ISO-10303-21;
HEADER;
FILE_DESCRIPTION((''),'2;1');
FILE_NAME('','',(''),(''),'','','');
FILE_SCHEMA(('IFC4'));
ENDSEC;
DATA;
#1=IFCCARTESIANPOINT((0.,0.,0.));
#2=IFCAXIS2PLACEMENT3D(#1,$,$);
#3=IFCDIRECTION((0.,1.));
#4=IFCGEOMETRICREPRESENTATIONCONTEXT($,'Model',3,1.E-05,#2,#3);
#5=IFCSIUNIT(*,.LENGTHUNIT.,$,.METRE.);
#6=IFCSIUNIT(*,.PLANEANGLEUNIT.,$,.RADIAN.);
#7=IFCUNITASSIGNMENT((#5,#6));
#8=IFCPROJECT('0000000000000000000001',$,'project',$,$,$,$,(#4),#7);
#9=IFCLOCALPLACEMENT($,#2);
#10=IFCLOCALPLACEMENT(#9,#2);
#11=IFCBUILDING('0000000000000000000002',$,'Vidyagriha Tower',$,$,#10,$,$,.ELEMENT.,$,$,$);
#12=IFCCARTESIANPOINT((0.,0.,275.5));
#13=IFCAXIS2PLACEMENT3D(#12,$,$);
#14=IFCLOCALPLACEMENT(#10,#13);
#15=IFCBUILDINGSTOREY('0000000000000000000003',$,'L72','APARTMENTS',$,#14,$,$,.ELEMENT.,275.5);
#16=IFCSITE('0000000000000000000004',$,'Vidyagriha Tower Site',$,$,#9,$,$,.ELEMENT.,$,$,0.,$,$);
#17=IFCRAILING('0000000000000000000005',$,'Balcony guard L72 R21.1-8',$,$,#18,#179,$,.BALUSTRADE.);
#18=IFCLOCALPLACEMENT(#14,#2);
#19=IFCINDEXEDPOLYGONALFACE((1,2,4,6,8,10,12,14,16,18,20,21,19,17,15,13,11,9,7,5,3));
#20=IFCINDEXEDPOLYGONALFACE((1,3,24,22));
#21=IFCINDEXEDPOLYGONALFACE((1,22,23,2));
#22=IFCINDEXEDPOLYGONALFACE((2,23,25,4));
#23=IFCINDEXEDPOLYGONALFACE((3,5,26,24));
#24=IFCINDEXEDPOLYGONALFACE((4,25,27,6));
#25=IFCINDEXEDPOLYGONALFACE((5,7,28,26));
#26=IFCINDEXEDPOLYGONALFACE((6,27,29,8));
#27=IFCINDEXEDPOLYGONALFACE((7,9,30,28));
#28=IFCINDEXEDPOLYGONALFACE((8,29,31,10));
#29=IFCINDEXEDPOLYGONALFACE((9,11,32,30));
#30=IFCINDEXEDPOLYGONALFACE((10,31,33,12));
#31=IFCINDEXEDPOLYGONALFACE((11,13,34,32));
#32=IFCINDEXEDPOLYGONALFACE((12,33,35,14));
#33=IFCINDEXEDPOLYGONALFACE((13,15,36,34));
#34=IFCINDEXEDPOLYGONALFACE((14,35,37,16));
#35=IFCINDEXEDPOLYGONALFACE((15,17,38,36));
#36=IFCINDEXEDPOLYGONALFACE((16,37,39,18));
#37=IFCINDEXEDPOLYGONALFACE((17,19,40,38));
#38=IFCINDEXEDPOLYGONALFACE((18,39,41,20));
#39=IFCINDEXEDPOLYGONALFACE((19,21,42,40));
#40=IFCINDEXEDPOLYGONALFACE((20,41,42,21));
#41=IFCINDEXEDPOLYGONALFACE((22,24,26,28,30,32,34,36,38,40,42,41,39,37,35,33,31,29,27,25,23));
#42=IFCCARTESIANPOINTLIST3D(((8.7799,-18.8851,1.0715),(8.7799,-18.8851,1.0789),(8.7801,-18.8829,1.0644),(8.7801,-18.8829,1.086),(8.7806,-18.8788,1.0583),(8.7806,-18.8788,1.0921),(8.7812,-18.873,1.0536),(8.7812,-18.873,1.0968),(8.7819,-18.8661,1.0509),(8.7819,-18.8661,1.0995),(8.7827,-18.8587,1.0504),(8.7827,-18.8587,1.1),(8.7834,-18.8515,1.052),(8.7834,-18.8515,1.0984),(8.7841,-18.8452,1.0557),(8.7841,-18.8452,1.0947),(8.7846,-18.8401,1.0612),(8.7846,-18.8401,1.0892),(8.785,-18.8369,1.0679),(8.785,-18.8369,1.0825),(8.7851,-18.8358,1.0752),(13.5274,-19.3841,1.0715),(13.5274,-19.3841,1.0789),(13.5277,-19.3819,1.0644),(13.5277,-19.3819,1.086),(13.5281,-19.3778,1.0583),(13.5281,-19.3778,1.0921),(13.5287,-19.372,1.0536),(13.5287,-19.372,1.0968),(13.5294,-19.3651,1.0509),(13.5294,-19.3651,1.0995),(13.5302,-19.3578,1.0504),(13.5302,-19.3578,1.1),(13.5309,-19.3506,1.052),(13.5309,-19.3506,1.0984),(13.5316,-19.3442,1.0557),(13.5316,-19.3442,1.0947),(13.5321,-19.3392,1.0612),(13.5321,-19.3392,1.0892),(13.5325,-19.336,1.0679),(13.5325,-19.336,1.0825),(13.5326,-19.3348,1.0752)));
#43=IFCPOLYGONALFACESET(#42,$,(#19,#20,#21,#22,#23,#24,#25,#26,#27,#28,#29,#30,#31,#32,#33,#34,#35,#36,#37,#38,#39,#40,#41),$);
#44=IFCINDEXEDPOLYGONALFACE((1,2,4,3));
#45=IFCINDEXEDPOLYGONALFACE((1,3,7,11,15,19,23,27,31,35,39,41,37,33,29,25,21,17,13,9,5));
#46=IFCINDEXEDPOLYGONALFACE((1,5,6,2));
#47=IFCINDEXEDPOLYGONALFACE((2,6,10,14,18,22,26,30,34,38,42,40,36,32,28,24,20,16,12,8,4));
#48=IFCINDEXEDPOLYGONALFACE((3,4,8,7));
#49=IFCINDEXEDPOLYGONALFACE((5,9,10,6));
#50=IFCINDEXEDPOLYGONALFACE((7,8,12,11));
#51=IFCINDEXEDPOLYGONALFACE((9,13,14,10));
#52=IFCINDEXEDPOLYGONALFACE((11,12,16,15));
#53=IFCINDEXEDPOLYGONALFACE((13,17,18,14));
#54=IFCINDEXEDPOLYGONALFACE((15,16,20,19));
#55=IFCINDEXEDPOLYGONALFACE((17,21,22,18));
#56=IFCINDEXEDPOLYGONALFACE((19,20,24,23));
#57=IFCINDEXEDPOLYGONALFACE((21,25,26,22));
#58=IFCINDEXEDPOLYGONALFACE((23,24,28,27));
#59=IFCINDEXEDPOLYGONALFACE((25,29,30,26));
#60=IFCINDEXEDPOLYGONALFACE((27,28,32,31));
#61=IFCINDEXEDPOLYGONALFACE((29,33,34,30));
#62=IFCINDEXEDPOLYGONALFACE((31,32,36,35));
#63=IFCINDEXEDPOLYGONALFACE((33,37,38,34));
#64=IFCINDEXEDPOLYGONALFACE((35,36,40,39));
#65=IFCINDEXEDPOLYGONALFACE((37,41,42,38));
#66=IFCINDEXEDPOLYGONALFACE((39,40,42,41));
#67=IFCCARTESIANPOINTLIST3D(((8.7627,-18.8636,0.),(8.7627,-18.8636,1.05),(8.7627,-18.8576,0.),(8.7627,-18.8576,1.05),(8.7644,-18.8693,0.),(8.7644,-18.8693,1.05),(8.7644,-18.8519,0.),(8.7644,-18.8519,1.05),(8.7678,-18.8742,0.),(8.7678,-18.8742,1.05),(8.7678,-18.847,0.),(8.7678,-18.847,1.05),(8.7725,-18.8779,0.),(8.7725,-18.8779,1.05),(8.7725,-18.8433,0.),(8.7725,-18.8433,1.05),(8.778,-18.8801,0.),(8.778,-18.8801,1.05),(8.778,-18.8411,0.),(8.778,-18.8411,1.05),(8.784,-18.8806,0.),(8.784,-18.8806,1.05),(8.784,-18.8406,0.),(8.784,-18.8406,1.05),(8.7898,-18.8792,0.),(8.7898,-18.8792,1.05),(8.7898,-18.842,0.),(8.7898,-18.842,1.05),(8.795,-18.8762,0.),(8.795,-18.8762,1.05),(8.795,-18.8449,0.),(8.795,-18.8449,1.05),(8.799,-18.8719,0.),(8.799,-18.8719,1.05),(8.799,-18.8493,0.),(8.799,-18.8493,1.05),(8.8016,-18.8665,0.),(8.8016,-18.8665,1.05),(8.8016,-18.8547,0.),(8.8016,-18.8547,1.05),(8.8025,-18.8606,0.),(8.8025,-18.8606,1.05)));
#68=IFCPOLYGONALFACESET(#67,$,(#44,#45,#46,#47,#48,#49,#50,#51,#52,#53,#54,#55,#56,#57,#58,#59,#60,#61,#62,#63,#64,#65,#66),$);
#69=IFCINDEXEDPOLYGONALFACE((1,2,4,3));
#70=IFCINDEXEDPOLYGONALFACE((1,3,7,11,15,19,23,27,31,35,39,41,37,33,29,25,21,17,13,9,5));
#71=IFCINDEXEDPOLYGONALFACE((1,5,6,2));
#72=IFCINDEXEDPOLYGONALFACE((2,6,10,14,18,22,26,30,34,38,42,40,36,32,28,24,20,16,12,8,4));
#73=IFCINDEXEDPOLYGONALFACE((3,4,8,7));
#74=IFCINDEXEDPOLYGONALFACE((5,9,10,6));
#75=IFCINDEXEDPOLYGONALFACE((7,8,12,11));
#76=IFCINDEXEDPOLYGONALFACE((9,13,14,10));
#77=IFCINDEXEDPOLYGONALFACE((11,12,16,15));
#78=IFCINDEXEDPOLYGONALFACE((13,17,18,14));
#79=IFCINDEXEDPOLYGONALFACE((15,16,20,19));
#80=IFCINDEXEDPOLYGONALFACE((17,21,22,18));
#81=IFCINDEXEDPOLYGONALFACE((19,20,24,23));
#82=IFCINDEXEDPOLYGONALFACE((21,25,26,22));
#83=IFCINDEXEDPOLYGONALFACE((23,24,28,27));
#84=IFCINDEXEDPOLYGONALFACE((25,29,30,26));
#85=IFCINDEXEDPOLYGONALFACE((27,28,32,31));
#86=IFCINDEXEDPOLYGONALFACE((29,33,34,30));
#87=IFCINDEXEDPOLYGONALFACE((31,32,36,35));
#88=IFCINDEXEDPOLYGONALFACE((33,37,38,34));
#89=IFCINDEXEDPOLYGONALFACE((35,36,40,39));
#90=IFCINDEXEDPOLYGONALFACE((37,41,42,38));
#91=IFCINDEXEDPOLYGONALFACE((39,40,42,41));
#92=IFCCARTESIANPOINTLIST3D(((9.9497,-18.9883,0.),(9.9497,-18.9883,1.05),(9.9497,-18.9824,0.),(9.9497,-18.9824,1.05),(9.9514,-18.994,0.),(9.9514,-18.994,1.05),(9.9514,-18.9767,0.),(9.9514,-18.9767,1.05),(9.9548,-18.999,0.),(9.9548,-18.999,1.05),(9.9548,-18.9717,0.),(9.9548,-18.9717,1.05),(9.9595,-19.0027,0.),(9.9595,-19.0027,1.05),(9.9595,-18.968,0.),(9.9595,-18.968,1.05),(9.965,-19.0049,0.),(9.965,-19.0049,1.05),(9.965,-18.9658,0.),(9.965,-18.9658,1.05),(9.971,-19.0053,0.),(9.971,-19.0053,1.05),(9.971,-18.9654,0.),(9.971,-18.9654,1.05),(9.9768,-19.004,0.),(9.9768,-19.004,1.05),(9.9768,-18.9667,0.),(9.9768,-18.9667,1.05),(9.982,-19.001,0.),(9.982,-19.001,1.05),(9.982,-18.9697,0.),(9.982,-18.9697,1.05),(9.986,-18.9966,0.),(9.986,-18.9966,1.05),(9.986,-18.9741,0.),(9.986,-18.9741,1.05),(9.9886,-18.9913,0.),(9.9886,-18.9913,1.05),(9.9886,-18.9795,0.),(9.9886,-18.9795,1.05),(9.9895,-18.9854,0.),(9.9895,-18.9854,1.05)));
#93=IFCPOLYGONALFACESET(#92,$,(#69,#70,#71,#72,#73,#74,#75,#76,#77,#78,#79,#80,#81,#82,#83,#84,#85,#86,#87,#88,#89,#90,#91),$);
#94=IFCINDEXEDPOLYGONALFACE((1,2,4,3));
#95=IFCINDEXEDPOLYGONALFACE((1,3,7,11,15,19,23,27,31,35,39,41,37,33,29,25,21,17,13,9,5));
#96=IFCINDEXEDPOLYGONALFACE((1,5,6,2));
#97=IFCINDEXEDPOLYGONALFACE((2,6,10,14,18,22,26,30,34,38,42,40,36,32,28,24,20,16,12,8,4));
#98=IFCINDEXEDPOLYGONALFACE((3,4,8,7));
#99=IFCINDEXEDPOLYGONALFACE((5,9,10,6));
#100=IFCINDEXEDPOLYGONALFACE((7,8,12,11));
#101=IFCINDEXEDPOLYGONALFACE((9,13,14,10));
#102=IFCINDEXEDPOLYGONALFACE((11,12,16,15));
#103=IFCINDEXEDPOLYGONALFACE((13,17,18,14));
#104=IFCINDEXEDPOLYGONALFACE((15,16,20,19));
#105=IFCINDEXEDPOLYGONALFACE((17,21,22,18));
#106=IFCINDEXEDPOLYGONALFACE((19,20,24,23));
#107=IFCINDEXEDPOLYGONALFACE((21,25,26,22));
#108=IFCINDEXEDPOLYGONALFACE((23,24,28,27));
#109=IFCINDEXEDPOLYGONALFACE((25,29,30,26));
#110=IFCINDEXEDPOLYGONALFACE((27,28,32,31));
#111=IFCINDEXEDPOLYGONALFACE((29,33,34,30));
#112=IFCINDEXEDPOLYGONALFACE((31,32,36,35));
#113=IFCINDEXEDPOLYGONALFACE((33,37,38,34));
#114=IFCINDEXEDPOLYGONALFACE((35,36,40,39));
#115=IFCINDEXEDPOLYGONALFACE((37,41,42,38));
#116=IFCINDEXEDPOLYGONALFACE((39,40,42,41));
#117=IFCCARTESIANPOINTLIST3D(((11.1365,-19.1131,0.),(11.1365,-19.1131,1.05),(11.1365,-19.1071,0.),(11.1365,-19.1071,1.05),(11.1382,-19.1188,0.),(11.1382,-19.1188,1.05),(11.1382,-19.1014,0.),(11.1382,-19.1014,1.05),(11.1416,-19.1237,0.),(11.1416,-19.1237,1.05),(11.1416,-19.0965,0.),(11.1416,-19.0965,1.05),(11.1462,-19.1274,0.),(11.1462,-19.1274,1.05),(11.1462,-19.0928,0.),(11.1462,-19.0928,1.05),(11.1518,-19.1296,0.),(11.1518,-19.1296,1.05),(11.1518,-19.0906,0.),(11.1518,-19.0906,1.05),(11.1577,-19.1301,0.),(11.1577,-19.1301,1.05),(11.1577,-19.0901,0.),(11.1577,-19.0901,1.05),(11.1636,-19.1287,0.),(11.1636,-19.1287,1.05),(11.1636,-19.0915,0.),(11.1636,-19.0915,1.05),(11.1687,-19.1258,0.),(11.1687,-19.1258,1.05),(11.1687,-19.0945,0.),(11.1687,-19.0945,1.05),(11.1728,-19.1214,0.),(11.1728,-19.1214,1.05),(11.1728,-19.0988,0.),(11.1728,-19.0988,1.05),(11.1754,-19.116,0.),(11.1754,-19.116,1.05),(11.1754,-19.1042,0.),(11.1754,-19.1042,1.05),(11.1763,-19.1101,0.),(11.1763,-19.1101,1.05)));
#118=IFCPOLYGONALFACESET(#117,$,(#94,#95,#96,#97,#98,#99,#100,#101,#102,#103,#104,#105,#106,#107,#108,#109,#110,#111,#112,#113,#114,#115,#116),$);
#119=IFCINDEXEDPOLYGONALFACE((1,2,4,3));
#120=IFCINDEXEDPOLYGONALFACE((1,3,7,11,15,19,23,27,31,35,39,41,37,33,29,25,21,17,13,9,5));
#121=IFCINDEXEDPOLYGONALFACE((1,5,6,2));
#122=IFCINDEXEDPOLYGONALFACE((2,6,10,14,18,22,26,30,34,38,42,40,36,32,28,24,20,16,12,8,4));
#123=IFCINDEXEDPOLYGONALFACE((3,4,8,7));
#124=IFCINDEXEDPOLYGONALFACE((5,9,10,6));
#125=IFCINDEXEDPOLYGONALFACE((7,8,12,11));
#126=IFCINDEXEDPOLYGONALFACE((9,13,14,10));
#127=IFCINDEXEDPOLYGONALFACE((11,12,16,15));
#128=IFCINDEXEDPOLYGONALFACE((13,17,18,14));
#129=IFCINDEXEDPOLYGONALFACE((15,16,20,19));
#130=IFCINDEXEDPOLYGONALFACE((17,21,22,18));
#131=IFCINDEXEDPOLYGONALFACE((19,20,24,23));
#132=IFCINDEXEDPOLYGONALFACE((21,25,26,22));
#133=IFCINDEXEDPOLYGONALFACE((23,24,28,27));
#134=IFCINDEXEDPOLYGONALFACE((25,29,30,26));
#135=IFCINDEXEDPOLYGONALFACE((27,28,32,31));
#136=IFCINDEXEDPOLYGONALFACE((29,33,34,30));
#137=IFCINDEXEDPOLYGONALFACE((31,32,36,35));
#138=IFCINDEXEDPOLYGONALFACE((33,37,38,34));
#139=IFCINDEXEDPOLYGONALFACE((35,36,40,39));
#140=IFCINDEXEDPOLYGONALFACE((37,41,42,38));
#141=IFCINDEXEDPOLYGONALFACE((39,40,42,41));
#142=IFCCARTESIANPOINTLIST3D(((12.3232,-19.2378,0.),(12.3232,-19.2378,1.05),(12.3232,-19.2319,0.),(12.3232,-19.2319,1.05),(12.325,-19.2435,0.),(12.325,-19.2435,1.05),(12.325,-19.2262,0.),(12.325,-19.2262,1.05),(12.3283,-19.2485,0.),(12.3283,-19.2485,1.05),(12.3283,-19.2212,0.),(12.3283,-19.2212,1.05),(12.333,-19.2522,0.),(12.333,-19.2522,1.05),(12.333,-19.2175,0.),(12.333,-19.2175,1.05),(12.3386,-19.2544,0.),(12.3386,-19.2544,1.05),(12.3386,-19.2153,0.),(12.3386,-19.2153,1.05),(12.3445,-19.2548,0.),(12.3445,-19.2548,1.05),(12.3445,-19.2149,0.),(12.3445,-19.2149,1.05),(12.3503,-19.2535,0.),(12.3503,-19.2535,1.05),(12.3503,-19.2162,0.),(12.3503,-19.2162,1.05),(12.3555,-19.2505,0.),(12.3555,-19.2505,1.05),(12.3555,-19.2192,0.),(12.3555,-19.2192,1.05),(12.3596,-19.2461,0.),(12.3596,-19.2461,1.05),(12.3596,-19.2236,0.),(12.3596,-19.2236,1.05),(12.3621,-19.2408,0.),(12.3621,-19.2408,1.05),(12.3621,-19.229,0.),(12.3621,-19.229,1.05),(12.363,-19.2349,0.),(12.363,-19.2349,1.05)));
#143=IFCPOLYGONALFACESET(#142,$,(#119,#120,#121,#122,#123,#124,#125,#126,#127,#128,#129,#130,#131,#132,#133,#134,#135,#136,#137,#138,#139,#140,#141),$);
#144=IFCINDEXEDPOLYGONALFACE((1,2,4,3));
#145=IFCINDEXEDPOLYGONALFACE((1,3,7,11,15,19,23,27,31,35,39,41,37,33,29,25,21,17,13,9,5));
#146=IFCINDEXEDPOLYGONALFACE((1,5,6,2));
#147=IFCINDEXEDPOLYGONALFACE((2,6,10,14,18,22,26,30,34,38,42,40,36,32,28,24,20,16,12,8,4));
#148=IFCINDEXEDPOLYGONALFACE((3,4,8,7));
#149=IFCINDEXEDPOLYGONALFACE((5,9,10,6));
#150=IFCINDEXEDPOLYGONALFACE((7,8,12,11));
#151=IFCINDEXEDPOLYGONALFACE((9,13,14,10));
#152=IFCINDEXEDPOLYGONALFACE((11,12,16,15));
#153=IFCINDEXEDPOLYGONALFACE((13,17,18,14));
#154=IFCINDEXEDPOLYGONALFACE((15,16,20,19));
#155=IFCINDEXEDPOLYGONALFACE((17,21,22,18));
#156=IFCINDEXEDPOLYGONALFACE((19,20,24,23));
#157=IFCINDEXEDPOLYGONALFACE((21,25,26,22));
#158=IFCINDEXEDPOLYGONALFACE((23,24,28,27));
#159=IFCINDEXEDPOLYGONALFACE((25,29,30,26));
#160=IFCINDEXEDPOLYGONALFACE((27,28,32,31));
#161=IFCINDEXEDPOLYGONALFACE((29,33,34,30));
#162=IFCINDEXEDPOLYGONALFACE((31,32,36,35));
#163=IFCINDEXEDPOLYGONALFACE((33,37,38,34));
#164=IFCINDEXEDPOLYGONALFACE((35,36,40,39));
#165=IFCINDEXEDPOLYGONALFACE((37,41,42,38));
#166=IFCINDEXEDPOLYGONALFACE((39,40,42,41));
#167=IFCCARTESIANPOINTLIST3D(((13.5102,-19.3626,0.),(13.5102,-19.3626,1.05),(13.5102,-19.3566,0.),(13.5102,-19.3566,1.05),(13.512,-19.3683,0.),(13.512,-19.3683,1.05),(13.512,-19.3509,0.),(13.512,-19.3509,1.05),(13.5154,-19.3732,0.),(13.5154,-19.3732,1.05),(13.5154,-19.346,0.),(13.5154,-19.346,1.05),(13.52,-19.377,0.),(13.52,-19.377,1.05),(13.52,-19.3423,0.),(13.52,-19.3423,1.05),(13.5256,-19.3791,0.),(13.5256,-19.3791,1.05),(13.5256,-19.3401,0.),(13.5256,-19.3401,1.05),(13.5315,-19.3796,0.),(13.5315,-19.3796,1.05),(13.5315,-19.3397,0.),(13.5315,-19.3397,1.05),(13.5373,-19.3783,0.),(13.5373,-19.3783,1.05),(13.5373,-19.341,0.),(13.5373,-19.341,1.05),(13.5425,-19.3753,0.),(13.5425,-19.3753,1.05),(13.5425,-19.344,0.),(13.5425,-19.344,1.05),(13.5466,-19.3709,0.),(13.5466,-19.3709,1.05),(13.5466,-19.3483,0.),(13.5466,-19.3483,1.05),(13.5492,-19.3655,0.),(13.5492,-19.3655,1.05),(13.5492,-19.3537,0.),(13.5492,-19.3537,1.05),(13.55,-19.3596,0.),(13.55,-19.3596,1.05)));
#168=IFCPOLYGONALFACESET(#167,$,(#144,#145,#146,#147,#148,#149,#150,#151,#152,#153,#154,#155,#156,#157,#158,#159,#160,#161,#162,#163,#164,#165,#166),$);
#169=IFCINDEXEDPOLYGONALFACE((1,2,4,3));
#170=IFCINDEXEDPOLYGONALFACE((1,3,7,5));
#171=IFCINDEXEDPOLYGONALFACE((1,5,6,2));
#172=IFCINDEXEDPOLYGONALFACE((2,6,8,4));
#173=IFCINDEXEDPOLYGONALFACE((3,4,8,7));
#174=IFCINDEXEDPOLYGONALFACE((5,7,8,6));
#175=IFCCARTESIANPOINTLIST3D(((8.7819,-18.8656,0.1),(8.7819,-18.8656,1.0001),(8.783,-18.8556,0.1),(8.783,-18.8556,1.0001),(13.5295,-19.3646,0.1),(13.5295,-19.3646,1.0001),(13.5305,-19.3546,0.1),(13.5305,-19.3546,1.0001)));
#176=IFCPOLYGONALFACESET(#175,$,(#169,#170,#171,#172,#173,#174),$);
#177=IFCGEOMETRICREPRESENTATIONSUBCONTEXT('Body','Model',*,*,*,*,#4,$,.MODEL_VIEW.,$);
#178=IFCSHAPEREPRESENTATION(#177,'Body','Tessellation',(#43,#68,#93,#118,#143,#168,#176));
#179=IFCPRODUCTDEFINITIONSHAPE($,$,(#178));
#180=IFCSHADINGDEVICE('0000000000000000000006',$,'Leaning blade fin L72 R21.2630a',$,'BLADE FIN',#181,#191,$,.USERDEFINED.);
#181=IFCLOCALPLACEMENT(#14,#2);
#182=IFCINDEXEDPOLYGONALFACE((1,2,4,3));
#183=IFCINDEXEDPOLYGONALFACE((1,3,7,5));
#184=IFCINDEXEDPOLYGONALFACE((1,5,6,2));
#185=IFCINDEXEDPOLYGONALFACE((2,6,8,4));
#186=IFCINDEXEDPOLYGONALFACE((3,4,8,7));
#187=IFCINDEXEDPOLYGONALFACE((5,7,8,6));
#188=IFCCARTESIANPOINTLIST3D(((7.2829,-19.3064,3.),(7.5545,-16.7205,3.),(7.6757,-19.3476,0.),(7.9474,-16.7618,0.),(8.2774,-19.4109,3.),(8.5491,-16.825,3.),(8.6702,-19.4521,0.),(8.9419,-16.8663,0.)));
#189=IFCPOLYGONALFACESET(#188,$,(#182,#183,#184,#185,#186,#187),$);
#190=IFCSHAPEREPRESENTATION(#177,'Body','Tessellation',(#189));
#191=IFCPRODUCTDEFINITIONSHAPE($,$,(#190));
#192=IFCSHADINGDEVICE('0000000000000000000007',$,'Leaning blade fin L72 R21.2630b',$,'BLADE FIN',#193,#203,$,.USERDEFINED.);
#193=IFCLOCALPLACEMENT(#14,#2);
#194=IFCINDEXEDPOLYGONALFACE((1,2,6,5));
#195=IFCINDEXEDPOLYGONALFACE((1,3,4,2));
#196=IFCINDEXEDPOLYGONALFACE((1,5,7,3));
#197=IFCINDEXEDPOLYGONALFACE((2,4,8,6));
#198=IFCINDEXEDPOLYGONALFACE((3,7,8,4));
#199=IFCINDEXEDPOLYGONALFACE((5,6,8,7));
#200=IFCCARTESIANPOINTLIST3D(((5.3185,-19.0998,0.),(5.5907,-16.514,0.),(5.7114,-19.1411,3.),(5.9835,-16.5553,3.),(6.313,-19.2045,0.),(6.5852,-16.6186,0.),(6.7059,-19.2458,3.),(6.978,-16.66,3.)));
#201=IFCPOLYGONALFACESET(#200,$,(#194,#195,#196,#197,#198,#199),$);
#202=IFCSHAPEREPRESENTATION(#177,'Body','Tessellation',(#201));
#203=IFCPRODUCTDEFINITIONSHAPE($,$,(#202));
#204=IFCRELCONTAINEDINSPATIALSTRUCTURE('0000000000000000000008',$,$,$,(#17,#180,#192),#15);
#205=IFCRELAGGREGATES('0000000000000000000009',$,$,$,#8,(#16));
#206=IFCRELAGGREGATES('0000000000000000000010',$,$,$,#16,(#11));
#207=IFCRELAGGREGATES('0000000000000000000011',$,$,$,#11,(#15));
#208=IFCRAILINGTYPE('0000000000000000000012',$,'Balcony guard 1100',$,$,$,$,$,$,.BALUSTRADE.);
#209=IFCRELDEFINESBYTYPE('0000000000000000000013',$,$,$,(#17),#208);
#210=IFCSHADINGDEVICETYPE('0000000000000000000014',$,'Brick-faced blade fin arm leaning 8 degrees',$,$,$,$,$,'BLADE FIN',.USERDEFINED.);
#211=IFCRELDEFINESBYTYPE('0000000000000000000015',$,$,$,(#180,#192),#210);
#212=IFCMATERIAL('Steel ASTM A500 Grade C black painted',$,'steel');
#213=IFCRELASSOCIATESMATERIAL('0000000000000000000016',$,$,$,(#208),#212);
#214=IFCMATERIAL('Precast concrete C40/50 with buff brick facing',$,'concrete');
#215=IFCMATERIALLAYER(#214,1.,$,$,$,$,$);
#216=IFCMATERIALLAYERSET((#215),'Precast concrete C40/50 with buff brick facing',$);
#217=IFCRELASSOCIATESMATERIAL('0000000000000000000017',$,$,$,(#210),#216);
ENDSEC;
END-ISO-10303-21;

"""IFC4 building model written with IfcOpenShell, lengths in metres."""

from ifc_helpers import new_model, si_unit, direction, frame, origin, origin_2d, place, context, subcontext, project, spatial, polyline, rectangle, circle, outline, extrude, material, layer, layer_set, type_object, element, save


model = new_model("IFC4")

# Units and contexts
model_context = context("Model", 3, precision=1e-05, world=origin(), true_north=direction((0.0, 1.0)))
body_context = subcontext(model_context, "Body", "Model", "MODEL_VIEW")
ifc_project = project(units=[si_unit("LENGTHUNIT", "METRE"), si_unit("PLANEANGLEUNIT", "RADIAN")], contexts=[model_context])

# Site, building, storey
site_placement = place(None, origin())
site = spatial("IfcSite", under=ifc_project, at=site_placement, Name="Vidyagriha Tower Site", CompositionType="ELEMENT", RefElevation=0.0)
building_placement = place(site_placement, origin())
building = spatial("IfcBuilding", under=site, at=building_placement, Name="Vidyagriha Tower", CompositionType="ELEMENT")
storey_placement = place(building_placement, frame((0.0, 0.0, 275.5)))
storey = spatial("IfcBuildingStorey", under=building, at=storey_placement, Name="L72", Description="APARTMENTS", CompositionType="ELEMENT", Elevation=275.5)

# Railing
ifc_material_1 = material(Name="Steel ASTM A500 Grade C black painted", Category="steel")
railing_type = type_object("IfcRailingType", Name="Balcony guard 1100", PredefinedType="BALUSTRADE", material=ifc_material_1)
railing_1_placement = place(storey_placement, frame((8.7825, -18.8606, 0.0)))
element("IfcRailing", 1, at=railing_1_placement, inside=storey, type_object=railing_type, Name="Balcony guard L72 R21.1-8", PredefinedType="BALUSTRADE", context=body_context, shape_type="SweptSolid", body=[
    extrude(circle(Radius=0.0249, at=origin_2d()), frame((0.0, 0.0, 1.0752), z_axis=(0.994521, -0.104536, 0.0), x_axis=(0.104536, 0.994521, 0.0)), (0.0, 0.0, 1.0), 4.7737),
    extrude(circle(Radius=0.02, at=origin_2d()), origin(), (0.0, 0.0, 1.0), 1.05),
    extrude(circle(Radius=0.02, at=origin_2d()), frame((1.187, -0.1248, 0.0)), (0.0, 0.0, 1.0), 1.05),
    extrude(circle(Radius=0.02, at=origin_2d()), frame((2.3738, -0.2495, 0.0)), (0.0, 0.0, 1.0), 1.05),
    extrude(circle(Radius=0.02, at=origin_2d()), frame((3.5605, -0.3743, 0.0)), (0.0, 0.0, 1.0), 1.05),
    extrude(circle(Radius=0.02, at=origin_2d()), frame((4.7476, -0.499, 0.0)), (0.0, 0.0, 1.0), 1.05),
    extrude(rectangle(XDim=0.01, YDim=0.9001, at=origin_2d()), frame((0.0, 0.0, 0.55), z_axis=(0.994521, -0.104536, 0.0), x_axis=(0.104536, 0.994521, 0.0)), (0.0, 0.0, 1.0), 4.7737),
])

# Shading devices
ifc_material_2 = material(Name="Precast concrete C40/50 with buff brick facing", Category="concrete")
ifc_layer_1 = layer(ifc_material_2, 1.0)
ifc_layer_set_1 = layer_set([ifc_layer_1], Name="Precast concrete C40/50 with buff brick facing")
shading_device_type = type_object("IfcShadingDeviceType", Name="Brick-faced blade fin arm leaning 8 degrees", ElementType="BLADE FIN", PredefinedType="USERDEFINED", material=ifc_layer_set_1)
shading_device_1_placement = place(storey_placement, frame((7.4187, -18.0134, 0.0), z_axis=(0.0, 0.0, 1.0), x_axis=(0.994526, -0.104493, 0.0)))
element("IfcShadingDevice", 2, at=shading_device_1_placement, inside=storey, type_object=shading_device_type, Name="Leaning blade fin L72 R21.2630a", ObjectType="BLADE FIN", PredefinedType="USERDEFINED", context=body_context, shape_type="SweptSolid", body=[
    extrude(outline(polyline([(0.395, 0.0), (1.395, 0.0), (1.0, 3.0), (0.0, 3.0), (0.395, 0.0)])), frame((0.0, 1.3, 0.0), z_axis=(0.0, -1.0, 0.0), x_axis=(1.0, 0.0, 0.0)), (0.0, 0.0, 1.0), 2.6001),
])
shading_device_2_placement = place(storey_placement, frame((5.4546, -17.8069, 0.0), z_axis=(0.0, 0.0, 1.0), x_axis=(0.994507, -0.104667, 0.0)))
element("IfcShadingDevice", 3, at=shading_device_2_placement, inside=storey, type_object=shading_device_type, Name="Leaning blade fin L72 R21.2630b", ObjectType="BLADE FIN", PredefinedType="USERDEFINED", context=body_context, shape_type="SweptSolid", body=[
    extrude(outline(polyline([(0.0, 0.0), (1.0, 0.0), (1.395, 3.0), (0.395, 3.0), (0.0, 0.0)])), frame((0.0, 1.3, 0.0), z_axis=(0.0, -1.0, 0.0), x_axis=(1.0, 0.0, 0.0)), (0.0, 0.0, 1.0), 2.6001),
])

save(model, "model.ifc")
